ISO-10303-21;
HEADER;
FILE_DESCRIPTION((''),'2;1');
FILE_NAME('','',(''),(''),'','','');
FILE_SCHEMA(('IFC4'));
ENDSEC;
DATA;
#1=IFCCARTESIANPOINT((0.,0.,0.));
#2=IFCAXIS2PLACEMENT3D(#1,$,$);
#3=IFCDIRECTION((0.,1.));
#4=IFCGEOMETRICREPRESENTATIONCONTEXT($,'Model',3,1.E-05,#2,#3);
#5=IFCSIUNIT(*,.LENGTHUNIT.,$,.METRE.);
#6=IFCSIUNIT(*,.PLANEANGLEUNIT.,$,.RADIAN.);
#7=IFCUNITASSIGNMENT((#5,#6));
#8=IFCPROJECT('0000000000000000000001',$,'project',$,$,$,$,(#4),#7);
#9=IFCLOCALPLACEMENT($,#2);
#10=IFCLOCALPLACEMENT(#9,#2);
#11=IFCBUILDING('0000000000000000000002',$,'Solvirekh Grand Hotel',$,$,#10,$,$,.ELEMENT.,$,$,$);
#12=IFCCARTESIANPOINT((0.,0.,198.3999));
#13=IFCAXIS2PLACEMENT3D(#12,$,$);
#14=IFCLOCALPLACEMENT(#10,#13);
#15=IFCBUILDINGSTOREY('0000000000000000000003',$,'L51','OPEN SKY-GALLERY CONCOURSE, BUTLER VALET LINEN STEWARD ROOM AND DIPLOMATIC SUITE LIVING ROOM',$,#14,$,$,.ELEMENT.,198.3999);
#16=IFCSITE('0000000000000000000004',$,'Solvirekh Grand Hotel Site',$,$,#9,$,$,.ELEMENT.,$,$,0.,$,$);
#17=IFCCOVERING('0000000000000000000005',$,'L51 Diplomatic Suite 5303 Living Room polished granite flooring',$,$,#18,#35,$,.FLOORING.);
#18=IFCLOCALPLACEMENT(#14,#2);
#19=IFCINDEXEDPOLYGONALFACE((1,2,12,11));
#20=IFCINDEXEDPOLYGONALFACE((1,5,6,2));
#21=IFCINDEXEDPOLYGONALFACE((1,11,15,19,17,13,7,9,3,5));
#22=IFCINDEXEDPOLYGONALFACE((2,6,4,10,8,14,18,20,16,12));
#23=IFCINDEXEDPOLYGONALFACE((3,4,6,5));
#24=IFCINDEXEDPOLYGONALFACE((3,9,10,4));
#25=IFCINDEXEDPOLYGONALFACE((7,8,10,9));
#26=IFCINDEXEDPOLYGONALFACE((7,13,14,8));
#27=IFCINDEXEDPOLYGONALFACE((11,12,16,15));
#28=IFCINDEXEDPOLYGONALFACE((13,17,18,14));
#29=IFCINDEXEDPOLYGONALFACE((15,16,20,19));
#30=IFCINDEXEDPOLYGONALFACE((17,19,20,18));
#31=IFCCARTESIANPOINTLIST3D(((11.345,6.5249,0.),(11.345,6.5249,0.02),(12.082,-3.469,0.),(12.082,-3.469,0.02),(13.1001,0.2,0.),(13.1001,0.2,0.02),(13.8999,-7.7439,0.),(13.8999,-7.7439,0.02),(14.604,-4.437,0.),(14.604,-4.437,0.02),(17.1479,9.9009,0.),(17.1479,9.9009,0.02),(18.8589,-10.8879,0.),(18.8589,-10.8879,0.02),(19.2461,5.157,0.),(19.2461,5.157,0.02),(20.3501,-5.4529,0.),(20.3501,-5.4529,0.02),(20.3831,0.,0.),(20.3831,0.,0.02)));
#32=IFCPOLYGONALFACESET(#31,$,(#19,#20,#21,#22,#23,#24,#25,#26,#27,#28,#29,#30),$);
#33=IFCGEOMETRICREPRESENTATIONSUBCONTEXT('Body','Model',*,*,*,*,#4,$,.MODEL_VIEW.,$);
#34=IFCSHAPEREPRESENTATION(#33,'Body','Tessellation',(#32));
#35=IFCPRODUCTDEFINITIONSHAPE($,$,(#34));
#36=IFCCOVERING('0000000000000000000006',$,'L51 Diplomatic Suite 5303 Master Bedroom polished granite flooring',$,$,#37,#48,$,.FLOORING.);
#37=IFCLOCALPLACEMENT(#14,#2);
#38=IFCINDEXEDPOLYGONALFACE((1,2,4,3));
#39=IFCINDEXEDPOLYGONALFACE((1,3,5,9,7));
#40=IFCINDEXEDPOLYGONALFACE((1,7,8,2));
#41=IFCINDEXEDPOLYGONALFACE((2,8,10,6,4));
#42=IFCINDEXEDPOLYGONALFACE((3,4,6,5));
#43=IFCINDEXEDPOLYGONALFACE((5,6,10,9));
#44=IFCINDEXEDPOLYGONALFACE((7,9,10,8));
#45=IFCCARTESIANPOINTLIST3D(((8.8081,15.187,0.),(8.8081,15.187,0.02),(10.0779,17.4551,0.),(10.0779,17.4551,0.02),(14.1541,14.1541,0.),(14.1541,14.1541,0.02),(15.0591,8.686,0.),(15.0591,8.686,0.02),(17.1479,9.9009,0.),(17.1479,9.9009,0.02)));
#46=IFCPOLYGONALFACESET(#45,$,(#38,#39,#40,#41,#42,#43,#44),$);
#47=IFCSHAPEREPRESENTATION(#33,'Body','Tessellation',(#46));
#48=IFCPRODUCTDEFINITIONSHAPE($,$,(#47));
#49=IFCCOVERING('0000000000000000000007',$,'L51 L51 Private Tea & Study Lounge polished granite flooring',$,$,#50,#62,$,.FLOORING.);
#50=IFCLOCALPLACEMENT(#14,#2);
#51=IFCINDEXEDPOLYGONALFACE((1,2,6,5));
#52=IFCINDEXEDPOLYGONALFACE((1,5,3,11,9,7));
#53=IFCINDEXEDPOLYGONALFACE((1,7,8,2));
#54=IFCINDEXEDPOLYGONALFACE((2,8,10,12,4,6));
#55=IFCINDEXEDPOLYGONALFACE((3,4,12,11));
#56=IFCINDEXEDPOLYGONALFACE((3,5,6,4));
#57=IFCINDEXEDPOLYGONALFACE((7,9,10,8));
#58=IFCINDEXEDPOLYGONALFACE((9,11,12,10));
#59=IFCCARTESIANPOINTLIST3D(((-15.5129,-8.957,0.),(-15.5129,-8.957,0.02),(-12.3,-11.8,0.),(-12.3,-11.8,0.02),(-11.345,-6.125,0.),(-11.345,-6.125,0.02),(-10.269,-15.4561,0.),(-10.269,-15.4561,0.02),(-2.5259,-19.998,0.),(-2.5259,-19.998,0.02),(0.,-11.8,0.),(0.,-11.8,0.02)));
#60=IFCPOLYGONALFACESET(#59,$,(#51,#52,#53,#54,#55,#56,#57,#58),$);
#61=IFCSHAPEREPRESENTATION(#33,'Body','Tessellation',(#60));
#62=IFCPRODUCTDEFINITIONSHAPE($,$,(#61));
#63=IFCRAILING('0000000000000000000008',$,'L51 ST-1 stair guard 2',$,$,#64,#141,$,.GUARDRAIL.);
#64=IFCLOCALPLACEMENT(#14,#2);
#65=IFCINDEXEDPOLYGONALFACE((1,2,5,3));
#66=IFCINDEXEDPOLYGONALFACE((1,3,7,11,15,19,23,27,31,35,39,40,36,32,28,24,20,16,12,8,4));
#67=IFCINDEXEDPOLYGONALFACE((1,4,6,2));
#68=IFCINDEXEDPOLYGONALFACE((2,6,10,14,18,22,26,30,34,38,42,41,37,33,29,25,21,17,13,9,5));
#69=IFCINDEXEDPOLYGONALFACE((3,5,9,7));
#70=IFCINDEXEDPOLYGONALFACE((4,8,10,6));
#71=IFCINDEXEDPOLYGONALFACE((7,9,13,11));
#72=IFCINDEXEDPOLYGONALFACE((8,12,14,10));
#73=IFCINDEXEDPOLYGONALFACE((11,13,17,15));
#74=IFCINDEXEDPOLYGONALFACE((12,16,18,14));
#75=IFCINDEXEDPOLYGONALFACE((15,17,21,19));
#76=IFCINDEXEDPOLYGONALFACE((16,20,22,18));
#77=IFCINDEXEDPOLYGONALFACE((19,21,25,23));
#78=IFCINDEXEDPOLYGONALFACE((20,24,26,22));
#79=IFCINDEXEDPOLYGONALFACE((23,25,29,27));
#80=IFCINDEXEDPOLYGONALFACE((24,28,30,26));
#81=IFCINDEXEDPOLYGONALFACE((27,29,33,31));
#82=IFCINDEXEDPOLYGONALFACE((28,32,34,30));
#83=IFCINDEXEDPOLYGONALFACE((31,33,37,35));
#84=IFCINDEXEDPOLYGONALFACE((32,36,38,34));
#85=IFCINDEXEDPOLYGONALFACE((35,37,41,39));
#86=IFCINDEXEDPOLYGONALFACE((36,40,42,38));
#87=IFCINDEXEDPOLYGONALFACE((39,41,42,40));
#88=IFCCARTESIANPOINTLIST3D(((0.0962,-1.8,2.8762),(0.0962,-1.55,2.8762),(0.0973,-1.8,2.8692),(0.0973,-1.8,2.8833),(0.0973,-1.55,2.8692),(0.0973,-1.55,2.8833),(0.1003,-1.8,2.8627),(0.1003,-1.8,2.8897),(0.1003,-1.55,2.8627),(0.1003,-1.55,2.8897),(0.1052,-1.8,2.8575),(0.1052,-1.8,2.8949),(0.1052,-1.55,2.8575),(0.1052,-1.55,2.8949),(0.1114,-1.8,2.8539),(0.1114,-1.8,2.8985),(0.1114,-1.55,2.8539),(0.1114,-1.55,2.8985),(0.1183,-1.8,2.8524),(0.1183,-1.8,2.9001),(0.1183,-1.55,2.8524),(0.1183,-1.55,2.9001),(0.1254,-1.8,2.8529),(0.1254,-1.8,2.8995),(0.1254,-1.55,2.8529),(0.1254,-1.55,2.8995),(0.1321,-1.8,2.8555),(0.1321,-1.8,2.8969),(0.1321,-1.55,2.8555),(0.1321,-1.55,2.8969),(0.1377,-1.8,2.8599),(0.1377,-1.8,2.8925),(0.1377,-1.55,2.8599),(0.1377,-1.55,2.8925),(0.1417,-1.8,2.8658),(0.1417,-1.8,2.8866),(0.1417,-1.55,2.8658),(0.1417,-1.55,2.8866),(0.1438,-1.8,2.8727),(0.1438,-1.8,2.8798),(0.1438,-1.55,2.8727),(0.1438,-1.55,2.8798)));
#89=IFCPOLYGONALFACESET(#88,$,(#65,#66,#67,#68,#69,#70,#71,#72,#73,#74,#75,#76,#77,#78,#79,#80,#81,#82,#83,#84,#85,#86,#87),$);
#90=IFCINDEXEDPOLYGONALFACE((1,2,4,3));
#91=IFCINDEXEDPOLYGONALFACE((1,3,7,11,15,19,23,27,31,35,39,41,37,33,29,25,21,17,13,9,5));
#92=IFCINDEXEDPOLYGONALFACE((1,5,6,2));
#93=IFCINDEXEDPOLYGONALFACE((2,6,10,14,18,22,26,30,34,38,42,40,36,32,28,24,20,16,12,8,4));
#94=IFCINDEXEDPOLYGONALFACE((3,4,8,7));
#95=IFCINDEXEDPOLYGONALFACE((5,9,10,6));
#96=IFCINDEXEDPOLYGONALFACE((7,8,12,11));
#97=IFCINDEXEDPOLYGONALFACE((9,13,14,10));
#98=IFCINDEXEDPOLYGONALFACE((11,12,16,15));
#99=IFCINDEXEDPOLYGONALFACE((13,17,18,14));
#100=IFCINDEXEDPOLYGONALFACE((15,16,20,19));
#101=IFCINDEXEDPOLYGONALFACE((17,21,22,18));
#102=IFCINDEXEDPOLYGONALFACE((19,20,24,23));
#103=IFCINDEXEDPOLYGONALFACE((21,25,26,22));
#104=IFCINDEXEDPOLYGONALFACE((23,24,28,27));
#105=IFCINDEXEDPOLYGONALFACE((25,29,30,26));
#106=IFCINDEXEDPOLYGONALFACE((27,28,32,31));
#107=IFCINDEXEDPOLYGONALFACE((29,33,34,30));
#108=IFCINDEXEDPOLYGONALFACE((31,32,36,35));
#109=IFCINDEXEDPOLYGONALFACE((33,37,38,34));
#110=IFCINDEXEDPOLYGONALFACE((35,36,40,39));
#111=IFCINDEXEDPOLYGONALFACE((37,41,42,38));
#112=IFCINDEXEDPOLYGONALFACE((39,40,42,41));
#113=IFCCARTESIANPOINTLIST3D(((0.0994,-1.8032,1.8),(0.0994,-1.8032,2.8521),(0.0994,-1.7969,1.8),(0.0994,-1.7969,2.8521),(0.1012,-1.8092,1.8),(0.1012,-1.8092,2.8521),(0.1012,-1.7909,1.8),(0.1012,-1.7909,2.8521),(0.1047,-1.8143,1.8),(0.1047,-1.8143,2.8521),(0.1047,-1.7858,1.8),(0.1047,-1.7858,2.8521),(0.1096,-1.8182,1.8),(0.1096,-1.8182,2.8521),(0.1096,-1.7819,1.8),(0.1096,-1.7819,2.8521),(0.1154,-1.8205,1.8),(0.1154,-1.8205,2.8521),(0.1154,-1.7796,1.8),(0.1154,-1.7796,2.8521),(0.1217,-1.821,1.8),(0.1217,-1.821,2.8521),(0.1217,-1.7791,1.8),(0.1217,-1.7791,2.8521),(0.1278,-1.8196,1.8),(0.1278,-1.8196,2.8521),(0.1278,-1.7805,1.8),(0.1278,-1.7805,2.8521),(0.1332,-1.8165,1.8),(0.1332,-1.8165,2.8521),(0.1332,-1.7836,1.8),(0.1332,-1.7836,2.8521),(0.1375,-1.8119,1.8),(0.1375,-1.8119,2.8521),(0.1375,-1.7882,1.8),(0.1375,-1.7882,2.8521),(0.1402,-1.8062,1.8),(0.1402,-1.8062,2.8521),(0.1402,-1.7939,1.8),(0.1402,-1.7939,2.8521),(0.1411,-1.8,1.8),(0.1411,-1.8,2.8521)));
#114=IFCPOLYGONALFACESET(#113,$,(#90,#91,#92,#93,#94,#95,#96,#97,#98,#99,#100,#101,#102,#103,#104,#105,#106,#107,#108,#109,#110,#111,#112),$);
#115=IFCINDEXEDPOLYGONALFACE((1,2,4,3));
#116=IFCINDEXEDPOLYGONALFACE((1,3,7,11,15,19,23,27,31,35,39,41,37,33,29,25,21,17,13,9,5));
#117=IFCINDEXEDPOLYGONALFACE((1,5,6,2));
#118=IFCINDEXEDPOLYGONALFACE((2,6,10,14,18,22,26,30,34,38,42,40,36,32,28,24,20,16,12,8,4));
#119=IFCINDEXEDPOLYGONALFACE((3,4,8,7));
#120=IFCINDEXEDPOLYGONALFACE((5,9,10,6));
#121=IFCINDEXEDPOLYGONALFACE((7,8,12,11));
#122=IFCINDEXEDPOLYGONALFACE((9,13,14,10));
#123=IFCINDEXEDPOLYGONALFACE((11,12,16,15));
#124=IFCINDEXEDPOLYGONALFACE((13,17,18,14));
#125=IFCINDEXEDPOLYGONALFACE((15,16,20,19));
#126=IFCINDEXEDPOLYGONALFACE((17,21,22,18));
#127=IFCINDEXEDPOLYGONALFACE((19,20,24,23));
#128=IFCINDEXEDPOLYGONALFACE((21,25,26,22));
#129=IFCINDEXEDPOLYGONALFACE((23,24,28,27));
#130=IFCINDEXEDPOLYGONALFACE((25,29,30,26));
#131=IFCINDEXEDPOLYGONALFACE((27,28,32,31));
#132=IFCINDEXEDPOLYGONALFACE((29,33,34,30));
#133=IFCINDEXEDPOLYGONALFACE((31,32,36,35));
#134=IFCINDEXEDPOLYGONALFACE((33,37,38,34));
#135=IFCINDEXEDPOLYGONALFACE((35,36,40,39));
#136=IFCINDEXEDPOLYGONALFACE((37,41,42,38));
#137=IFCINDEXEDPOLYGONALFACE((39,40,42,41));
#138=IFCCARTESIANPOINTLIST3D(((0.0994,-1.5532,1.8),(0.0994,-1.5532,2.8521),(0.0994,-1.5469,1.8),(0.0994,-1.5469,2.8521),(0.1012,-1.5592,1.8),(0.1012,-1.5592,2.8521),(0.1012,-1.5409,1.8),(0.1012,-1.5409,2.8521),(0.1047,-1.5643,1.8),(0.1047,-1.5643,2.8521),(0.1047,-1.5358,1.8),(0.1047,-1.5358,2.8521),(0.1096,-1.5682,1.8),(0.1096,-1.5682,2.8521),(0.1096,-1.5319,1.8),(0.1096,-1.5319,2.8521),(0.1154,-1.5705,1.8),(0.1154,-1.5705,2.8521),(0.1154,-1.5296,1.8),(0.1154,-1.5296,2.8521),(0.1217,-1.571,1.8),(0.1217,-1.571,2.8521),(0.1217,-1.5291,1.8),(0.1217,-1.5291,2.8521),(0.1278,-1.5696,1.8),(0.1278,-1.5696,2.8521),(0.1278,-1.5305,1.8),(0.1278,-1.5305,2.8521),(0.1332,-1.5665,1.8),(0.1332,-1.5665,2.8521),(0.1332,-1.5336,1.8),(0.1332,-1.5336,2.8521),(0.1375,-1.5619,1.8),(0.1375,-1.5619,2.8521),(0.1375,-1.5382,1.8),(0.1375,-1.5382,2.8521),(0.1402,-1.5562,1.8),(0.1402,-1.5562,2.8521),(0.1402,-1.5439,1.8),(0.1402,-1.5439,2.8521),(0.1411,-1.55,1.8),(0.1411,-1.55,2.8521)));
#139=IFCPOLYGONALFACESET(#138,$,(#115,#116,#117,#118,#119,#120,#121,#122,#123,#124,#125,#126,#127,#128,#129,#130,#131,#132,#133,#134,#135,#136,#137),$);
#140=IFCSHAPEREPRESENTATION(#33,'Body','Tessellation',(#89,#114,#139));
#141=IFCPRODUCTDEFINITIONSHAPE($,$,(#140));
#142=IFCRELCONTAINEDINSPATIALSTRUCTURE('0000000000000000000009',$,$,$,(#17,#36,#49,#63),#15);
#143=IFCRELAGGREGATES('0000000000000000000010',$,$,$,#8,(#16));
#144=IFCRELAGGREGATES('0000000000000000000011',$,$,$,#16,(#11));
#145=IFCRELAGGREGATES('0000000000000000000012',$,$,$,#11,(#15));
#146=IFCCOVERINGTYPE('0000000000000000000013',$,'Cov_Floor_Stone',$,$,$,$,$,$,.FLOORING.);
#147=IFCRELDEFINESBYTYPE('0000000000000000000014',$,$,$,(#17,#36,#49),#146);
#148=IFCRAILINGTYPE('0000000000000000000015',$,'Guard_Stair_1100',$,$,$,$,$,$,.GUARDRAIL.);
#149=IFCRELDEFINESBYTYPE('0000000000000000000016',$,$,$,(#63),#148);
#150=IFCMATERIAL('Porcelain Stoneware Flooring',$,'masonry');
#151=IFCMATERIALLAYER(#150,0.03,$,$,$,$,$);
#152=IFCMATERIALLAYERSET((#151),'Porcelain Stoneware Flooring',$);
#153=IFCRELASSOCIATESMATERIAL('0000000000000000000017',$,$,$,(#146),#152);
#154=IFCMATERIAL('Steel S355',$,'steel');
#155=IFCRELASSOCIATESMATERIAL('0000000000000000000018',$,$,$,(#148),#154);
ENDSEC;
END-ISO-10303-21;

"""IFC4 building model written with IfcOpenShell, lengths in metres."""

from ifc_helpers import new_model, si_unit, direction, frame, origin, origin_2d, place, context, subcontext, project, spatial, polyline, circle, outline, extrude, material, layer, layer_set, type_object, element, save


model = new_model("IFC4")

# Units and contexts
model_context = context("Model", 3, precision=1e-05, world=origin(), true_north=direction((0.0, 1.0)))
body_context = subcontext(model_context, "Body", "Model", "MODEL_VIEW")
ifc_project = project(units=[si_unit("LENGTHUNIT", "METRE"), si_unit("PLANEANGLEUNIT", "RADIAN")], contexts=[model_context])

# Site, building, storey
site_placement = place(None, origin())
site = spatial("IfcSite", under=ifc_project, at=site_placement, Name="Solvirekh Grand Hotel Site", CompositionType="ELEMENT", RefElevation=0.0)
building_placement = place(site_placement, origin())
building = spatial("IfcBuilding", under=site, at=building_placement, Name="Solvirekh Grand Hotel", CompositionType="ELEMENT")
storey_placement = place(building_placement, frame((0.0, 0.0, 198.3999)))
storey = spatial("IfcBuildingStorey", under=building, at=storey_placement, Name="L51", Description="OPEN SKY-GALLERY CONCOURSE, BUTLER VALET LINEN STEWARD ROOM AND DIPLOMATIC SUITE LIVING ROOM", CompositionType="ELEMENT", Elevation=198.3999)

# Coverings
ifc_material_1 = material(Name="Porcelain Stoneware Flooring", Category="masonry")
ifc_layer_1 = layer(ifc_material_1, 0.03)
ifc_layer_set_1 = layer_set([ifc_layer_1], Name="Porcelain Stoneware Flooring")
covering_type_1 = type_object("IfcCoveringType", Name="Cov_Floor_Stone", PredefinedType="FLOORING", material=ifc_layer_set_1)
covering_1_placement = place(storey_placement, origin())
element("IfcCovering", 1, at=covering_1_placement, inside=storey, type_object=covering_type_1, Name="L51 Diplomatic Suite 5303 Living Room polished granite flooring", PredefinedType="FLOORING", context=body_context, shape_type="SweptSolid", body=[
    extrude(outline(polyline([(14.604, -4.437), (13.8999, -7.7439), (18.8589, -10.8879), (20.3501, -5.4529), (20.3831, 0.0), (19.2461, 5.157), (17.1479, 9.9009), (11.345, 6.5249), (13.1001, 0.2), (12.082, -3.469), (14.604, -4.437)])), origin(), (0.0, 0.0, 1.0), 0.02),
])
covering_2_placement = place(storey_placement, origin())
element("IfcCovering", 2, at=covering_2_placement, inside=storey, type_object=covering_type_1, Name="L51 Diplomatic Suite 5303 Master Bedroom polished granite flooring", PredefinedType="FLOORING", context=body_context, shape_type="SweptSolid", body=[
    extrude(outline(polyline([(17.1479, 9.9009), (14.1541, 14.1541), (10.0779, 17.4551), (8.8081, 15.187), (15.0591, 8.686), (17.1479, 9.9009)])), origin(), (0.0, 0.0, 1.0), 0.02),
])
covering_3_placement = place(storey_placement, origin())
element("IfcCovering", 3, at=covering_3_placement, inside=storey, type_object=covering_type_1, Name="L51 L51 Private Tea & Study Lounge polished granite flooring", PredefinedType="FLOORING", context=body_context, shape_type="SweptSolid", body=[
    extrude(outline(polyline([(-15.5129, -8.957), (-10.269, -15.4561), (-2.5259, -19.998), (0.0, -11.8), (-12.3, -11.8), (-11.345, -6.125), (-15.5129, -8.957)])), origin(), (0.0, 0.0, 1.0), 0.02),
])

# Railing
ifc_material_2 = material(Name="Steel S355", Category="steel")
railing_type_1 = type_object("IfcRailingType", Name="Guard_Stair_1100", PredefinedType="GUARDRAIL", material=ifc_material_2)
railing_1_placement = place(storey_placement, frame((0.1201, -1.8, 1.8)))
element("IfcRailing", 4, at=railing_1_placement, inside=storey, type_object=railing_type_1, Name="L51 ST-1 stair guard 2", PredefinedType="GUARDRAIL", context=body_context, shape_type="SweptSolid", body=[
    extrude(circle(Radius=0.0239, at=origin_2d()), frame((0.0, 0.0, 1.0762), z_axis=(0.0, 1.0, 0.0), x_axis=(-1.0, 0.0, 0.0)), (0.0, 0.0, 1.0), 0.25),
    extrude(circle(Radius=0.021, at=origin_2d()), origin(), (0.0, 0.0, 1.0), 1.052),
    extrude(circle(Radius=0.021, at=origin_2d()), frame((0.0, 0.25, 0.0)), (0.0, 0.0, 1.0), 1.052),
])

save(model, "model.ifc")
